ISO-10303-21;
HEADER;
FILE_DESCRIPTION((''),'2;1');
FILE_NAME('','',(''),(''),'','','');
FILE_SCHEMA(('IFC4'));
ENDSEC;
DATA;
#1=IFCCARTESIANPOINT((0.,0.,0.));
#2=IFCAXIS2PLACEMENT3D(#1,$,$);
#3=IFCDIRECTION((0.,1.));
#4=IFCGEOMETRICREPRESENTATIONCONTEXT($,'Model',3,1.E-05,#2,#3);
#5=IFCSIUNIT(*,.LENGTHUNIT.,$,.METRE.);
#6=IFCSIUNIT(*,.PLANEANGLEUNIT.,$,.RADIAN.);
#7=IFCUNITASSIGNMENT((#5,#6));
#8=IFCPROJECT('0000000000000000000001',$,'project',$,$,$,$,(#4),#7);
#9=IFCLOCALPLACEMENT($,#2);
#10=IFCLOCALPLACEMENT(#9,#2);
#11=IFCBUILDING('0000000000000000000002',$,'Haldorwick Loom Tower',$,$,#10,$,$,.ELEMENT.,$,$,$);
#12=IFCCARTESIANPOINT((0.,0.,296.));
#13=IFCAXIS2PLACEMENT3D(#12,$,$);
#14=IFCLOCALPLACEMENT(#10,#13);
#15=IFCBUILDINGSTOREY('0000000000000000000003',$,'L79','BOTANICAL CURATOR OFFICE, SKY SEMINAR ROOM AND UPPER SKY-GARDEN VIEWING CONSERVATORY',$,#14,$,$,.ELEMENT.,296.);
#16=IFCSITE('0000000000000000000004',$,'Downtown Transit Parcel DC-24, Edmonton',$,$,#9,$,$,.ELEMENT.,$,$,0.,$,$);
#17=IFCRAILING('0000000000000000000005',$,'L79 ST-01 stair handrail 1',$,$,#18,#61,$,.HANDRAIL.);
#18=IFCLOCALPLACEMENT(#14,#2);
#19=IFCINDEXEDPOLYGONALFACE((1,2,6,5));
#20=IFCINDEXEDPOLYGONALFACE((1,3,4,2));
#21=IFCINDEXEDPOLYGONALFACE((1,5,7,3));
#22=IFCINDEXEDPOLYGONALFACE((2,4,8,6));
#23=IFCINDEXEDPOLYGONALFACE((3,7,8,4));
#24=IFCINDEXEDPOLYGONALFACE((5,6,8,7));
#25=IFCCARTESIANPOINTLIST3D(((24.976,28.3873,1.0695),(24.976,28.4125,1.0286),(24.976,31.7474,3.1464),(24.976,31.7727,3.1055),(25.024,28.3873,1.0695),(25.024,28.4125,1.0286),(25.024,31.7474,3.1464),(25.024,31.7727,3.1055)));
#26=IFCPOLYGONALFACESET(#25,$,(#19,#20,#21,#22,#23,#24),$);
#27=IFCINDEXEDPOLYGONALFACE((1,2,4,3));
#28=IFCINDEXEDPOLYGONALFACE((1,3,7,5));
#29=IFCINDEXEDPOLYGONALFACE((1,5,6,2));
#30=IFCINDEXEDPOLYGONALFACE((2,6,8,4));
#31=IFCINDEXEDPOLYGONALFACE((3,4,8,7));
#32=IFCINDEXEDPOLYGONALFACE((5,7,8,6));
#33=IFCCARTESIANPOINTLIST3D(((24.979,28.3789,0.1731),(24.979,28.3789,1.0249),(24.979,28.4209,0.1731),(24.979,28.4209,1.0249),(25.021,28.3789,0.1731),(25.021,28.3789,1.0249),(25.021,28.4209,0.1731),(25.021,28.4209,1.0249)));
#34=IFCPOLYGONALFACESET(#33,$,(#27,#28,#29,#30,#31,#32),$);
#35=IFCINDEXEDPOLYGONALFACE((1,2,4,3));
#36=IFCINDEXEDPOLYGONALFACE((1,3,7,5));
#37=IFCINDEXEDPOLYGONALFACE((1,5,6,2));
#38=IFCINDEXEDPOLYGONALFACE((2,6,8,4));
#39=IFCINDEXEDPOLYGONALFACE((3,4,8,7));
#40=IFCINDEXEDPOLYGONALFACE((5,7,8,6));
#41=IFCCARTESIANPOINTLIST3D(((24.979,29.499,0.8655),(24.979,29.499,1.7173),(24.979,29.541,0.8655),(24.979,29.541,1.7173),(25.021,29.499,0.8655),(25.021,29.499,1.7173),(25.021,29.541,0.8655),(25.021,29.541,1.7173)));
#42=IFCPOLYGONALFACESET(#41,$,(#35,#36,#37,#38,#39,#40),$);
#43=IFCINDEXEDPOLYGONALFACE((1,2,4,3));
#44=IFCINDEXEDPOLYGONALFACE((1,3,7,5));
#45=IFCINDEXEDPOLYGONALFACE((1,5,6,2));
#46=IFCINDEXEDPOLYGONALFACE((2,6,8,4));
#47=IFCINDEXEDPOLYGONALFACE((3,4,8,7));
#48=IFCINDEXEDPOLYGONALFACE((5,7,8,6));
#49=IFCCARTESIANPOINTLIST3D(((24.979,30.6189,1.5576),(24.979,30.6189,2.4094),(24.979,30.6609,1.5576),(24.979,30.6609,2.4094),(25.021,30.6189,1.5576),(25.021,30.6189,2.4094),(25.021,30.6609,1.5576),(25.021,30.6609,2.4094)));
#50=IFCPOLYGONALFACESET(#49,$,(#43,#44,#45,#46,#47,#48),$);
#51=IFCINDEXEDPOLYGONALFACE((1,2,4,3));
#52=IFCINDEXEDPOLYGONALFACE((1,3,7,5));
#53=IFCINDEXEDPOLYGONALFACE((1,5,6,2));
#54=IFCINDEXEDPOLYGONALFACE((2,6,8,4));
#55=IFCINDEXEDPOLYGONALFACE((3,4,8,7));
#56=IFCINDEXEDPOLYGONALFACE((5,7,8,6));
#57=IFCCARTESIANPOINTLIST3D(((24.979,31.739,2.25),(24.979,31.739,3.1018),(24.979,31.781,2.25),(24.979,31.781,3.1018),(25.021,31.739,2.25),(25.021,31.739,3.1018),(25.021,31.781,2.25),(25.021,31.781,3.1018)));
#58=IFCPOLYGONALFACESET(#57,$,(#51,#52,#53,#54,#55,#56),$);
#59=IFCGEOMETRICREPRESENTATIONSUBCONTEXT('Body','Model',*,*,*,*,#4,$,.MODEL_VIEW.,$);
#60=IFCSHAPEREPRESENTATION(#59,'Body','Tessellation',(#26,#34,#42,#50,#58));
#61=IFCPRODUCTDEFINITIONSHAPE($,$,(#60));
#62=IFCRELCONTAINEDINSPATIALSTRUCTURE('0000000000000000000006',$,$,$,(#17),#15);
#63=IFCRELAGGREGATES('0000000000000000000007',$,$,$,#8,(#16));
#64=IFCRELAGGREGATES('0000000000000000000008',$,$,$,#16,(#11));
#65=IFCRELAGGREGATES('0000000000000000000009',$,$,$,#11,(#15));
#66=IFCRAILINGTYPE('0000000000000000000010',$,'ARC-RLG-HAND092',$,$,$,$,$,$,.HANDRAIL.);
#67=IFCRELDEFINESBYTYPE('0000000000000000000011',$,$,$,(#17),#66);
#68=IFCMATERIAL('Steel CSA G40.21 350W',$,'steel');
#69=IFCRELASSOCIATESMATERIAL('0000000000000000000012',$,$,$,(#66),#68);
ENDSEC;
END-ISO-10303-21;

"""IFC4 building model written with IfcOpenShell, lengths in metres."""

from ifc_helpers import new_model, si_unit, direction, frame, origin, origin_2d, place, context, subcontext, project, spatial, rectangle, extrude, material, type_object, element, save


model = new_model("IFC4")

# Units and contexts
model_context = context("Model", 3, precision=1e-05, world=origin(), true_north=direction((0.0, 1.0)))
body_context = subcontext(model_context, "Body", "Model", "MODEL_VIEW")
ifc_project = project(units=[si_unit("LENGTHUNIT", "METRE"), si_unit("PLANEANGLEUNIT", "RADIAN")], contexts=[model_context])

# Site, building, storey
site_placement = place(None, origin())
site = spatial("IfcSite", under=ifc_project, at=site_placement, Name="Downtown Transit Parcel DC-24, Edmonton", CompositionType="ELEMENT", RefElevation=0.0)
building_placement = place(site_placement, origin())
building = spatial("IfcBuilding", under=site, at=building_placement, Name="Haldorwick Loom Tower", CompositionType="ELEMENT")
storey_placement = place(building_placement, frame((0.0, 0.0, 296.0)))
storey = spatial("IfcBuildingStorey", under=building, at=storey_placement, Name="L79", Description="BOTANICAL CURATOR OFFICE, SKY SEMINAR ROOM AND UPPER SKY-GARDEN VIEWING CONSERVATORY", CompositionType="ELEMENT", Elevation=296.0)

# Shared definitions
ifc_material_1 = material(Name="Steel CSA G40.21 350W", Category="steel")

# Railing
railing_type_1 = type_object("IfcRailingType", Name="ARC-RLG-HAND092", PredefinedType="HANDRAIL", material=ifc_material_1)
railing_1_placement = place(storey_placement, frame((25.0, 28.3999, 0.1731)))
element("IfcRailing", 1, at=railing_1_placement, inside=storey, type_object=railing_type_1, Name="L79 ST-01 stair handrail 1", PredefinedType="HANDRAIL", context=body_context, shape_type="SweptSolid", body=[
    extrude(rectangle(XDim=0.0481, YDim=0.0481, at=origin_2d()), frame((0.0, 0.0, 0.876), z_axis=(0.0, 0.850623, 0.525776), x_axis=(-1.0, 0.0, 0.0)), (0.0, 0.0, 1.0), 3.9502),
    extrude(rectangle(XDim=0.042, YDim=0.042, at=origin_2d()), origin(), (0.0, 0.0, 1.0), 0.8518),
    extrude(rectangle(XDim=0.042, YDim=0.042, at=origin_2d()), frame((0.0, 1.1201, 0.6924)), (0.0, 0.0, 1.0), 0.8518),
    extrude(rectangle(XDim=0.042, YDim=0.042, at=origin_2d()), frame((0.0, 2.24, 1.3845)), (0.0, 0.0, 1.0), 0.8518),
    extrude(rectangle(XDim=0.042, YDim=0.042, at=origin_2d()), frame((0.0, 3.3601, 2.0769)), (0.0, 0.0, 1.0), 0.8518),
])

save(model, "model.ifc")
